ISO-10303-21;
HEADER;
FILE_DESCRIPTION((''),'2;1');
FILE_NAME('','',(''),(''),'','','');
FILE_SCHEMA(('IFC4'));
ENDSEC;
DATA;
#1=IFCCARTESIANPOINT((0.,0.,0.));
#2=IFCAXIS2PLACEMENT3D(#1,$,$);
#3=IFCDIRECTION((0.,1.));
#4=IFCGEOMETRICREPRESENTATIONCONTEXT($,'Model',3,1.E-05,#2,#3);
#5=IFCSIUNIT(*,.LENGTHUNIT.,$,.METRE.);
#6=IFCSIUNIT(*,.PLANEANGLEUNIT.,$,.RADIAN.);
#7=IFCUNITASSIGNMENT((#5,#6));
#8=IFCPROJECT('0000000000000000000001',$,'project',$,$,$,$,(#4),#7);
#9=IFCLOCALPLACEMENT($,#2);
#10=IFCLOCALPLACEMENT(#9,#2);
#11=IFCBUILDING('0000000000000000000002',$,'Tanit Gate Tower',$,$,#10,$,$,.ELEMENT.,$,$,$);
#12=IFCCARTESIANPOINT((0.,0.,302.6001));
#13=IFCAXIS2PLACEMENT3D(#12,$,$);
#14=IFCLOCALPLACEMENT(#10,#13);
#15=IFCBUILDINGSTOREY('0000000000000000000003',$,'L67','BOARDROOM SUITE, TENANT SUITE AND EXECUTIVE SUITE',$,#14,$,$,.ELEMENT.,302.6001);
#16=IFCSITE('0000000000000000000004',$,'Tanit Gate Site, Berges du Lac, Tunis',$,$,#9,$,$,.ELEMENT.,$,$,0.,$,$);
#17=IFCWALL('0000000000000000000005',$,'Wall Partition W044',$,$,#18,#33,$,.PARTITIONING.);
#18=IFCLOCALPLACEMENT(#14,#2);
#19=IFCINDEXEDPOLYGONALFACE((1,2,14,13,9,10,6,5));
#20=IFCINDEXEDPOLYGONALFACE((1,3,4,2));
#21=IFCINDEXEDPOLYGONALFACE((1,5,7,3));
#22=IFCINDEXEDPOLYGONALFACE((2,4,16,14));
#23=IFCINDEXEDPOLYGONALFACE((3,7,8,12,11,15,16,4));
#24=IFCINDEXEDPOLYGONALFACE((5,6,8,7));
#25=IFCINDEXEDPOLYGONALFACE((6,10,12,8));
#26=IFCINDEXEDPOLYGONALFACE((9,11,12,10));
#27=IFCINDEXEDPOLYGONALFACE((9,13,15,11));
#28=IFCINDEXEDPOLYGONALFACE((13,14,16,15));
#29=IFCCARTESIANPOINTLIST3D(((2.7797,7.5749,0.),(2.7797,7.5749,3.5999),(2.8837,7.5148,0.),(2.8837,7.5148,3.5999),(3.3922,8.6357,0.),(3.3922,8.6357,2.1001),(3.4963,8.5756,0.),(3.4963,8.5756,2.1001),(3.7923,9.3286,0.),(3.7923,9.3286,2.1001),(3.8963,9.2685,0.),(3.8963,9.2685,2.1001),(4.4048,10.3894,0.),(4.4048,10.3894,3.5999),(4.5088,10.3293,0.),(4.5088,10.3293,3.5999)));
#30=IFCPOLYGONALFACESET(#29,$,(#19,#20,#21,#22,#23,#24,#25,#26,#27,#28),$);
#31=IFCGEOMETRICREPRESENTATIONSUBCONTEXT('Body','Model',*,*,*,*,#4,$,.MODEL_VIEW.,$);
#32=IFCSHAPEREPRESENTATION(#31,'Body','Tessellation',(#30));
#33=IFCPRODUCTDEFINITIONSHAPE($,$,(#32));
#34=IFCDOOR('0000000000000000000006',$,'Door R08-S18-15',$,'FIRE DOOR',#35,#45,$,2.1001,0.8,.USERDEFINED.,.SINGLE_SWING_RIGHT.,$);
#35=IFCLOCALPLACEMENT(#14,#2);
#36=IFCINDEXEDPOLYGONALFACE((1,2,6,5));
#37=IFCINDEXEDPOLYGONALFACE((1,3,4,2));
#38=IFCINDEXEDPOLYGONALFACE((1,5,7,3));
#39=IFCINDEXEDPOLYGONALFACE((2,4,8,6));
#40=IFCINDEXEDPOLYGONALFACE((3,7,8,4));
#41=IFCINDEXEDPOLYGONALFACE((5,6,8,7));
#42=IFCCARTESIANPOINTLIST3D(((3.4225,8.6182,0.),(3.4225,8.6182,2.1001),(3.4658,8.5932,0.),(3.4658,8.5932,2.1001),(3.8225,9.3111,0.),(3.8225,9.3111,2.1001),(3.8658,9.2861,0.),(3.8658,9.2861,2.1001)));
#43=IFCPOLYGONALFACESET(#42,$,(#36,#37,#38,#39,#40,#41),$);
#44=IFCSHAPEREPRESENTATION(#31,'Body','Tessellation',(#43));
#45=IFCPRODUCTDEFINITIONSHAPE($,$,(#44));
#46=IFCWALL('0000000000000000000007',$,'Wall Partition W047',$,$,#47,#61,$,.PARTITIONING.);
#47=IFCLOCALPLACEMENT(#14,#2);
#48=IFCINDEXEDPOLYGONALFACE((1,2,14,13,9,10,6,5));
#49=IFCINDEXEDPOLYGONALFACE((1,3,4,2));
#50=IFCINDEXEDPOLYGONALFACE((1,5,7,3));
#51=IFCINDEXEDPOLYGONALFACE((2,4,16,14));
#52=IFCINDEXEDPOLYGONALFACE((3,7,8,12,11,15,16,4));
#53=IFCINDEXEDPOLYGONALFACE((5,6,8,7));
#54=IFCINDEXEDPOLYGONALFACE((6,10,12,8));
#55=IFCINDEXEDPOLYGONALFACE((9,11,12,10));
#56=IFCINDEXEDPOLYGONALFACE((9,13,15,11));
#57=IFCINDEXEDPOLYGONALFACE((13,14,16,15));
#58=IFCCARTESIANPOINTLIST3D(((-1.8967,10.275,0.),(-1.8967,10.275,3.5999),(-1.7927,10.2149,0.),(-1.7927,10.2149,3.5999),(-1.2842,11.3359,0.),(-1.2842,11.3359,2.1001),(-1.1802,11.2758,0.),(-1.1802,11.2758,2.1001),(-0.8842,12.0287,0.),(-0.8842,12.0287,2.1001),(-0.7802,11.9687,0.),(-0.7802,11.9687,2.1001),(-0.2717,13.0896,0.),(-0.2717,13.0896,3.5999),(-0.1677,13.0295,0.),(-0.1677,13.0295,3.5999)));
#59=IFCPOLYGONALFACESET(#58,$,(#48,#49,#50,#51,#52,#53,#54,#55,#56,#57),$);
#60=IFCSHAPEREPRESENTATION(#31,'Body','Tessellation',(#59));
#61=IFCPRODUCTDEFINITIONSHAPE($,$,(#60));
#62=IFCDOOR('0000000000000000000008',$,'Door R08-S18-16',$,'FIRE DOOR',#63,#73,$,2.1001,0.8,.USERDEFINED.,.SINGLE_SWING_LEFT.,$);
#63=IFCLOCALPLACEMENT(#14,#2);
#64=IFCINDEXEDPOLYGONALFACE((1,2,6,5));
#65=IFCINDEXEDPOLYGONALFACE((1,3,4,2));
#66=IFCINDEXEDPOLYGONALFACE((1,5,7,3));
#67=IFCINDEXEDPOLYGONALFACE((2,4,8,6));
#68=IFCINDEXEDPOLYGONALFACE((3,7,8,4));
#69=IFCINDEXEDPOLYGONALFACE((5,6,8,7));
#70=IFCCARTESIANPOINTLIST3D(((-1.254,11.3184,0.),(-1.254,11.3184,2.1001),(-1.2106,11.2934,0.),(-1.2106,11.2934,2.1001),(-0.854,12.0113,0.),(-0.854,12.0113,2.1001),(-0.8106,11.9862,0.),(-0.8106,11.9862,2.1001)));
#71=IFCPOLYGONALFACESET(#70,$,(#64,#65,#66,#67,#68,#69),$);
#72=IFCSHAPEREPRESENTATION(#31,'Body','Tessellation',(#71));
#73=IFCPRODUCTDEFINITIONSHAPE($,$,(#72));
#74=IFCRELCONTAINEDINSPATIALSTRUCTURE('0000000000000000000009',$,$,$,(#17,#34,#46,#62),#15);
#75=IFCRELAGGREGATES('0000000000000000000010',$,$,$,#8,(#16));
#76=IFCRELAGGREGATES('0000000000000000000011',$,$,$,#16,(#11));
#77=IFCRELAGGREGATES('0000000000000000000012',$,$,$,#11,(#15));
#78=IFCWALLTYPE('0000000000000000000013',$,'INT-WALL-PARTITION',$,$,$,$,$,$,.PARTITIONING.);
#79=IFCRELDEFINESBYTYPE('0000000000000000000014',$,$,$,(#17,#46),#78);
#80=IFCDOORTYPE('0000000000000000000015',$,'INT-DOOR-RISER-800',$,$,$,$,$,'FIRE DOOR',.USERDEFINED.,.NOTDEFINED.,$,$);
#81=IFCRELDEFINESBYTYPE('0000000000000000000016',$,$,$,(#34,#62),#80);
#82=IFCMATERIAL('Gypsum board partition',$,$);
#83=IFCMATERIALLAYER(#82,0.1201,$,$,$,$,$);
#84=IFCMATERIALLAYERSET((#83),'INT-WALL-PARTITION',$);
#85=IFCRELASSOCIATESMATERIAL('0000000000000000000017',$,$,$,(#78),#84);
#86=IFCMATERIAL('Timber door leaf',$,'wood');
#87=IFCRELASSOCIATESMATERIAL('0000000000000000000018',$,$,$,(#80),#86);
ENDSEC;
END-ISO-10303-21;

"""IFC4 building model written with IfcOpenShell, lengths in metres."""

from ifc_helpers import new_model, si_unit, direction, frame, frame_2d, origin, place, context, subcontext, project, spatial, rectangle, extrude, material, layer, layer_set, type_object, element, fill, save


model = new_model("IFC4")

# Units and contexts
model_context = context("Model", 3, precision=1e-05, world=origin(), true_north=direction((0.0, 1.0)))
body_context = subcontext(model_context, "Body", "Model", "MODEL_VIEW")
ifc_project = project(units=[si_unit("LENGTHUNIT", "METRE"), si_unit("PLANEANGLEUNIT", "RADIAN")], contexts=[model_context])

# Site, building, storey
site_placement = place(None, origin())
site = spatial("IfcSite", under=ifc_project, at=site_placement, Name="Tanit Gate Site, Berges du Lac, Tunis", CompositionType="ELEMENT", RefElevation=0.0)
building_placement = place(site_placement, origin())
building = spatial("IfcBuilding", under=site, at=building_placement, Name="Tanit Gate Tower", CompositionType="ELEMENT")
storey_placement = place(building_placement, frame((0.0, 0.0, 302.6001)))
storey = spatial("IfcBuildingStorey", under=building, at=storey_placement, Name="L67", Description="BOARDROOM SUITE, TENANT SUITE AND EXECUTIVE SUITE", CompositionType="ELEMENT", Elevation=302.6001)

# Walls, openings, doors
ifc_material_1 = material(Name="Gypsum board partition")
ifc_layer_1 = layer(ifc_material_1, 0.1201)
ifc_layer_set_1 = layer_set([ifc_layer_1], Name="INT-WALL-PARTITION")
wall_type_1 = type_object("IfcWallType", Name="INT-WALL-PARTITION", PredefinedType="PARTITIONING", material=ifc_layer_set_1)
wall_1_placement = place(storey_placement, frame((4.4568, 10.3594, 0.0), z_axis=(0.0, 0.0, 1.0), x_axis=(-0.500017, -0.866015, 0.0)))
wall_1 = element("IfcWall", 1, at=wall_1_placement, inside=storey, type_object=wall_type_1, Name="Wall Partition W044", PredefinedType="PARTITIONING", context=body_context, shape_type="SweptSolid", body=[
    extrude(rectangle(XDim=3.25, YDim=0.1201, at=frame_2d((1.625, 0.0))), origin(), (0.0, 0.0, 1.0), 3.5999),
])
opening_1_placement = place(wall_1_placement, frame((1.2251, 0.0, 0.0)))
opening_1 = element("IfcOpeningElement", 2, at=opening_1_placement, cuts=wall_1, PredefinedType="OPENING", context=body_context, shape_type="SweptSolid", body=[
    extrude(rectangle(XDim=0.8, YDim=2.1001, at=frame_2d((0.3999, 1.05))), frame((0.0, 0.0701, 0.0), z_axis=(0.0, -1.0, 0.0), x_axis=(1.0, 0.0, 0.0)), (0.0, 0.0, 1.0), 0.1401),
])
ifc_material_2 = material(Name="Timber door leaf", Category="wood")
door_type = type_object("IfcDoorType", Name="INT-DOOR-RISER-800", ElementType="FIRE DOOR", OperationType="NOTDEFINED", PredefinedType="USERDEFINED", material=ifc_material_2)
door_1_placement = place(opening_1_placement, origin())
door_1 = element("IfcDoor", 3, at=door_1_placement, inside=storey, type_object=door_type, Name="Door R08-S18-15", ObjectType="FIRE DOOR", OperationType="SINGLE_SWING_RIGHT", OverallHeight=2.1001, OverallWidth=0.8, PredefinedType="USERDEFINED", context=body_context, shape_type="SweptSolid", body=[
    extrude(rectangle(XDim=0.8, YDim=2.1001, at=frame_2d((0.3999, 1.05))), frame((0.0, 0.0249, 0.0), z_axis=(0.0, -1.0, 0.0), x_axis=(1.0, 0.0, 0.0)), (0.0, 0.0, 1.0), 0.05),
])
fill(opening_1, door_1)
wall_2_placement = place(storey_placement, frame((-0.2197, 13.0596, 0.0), z_axis=(0.0, 0.0, 1.0), x_axis=(-0.499985, -0.866034, 0.0)))
wall_2 = element("IfcWall", 4, at=wall_2_placement, inside=storey, type_object=wall_type_1, Name="Wall Partition W047", PredefinedType="PARTITIONING", context=body_context, shape_type="SweptSolid", body=[
    extrude(rectangle(XDim=3.25, YDim=0.1201, at=frame_2d((1.625, 0.0))), origin(), (0.0, 0.0, 1.0), 3.5999),
])
opening_2_placement = place(wall_2_placement, frame((1.2251, 0.0, 0.0)))
opening_2 = element("IfcOpeningElement", 5, at=opening_2_placement, cuts=wall_2, PredefinedType="OPENING", context=body_context, shape_type="SweptSolid", body=[
    extrude(rectangle(XDim=0.8, YDim=2.1001, at=frame_2d((0.3999, 1.05))), frame((0.0, 0.0701, 0.0), z_axis=(0.0, -1.0, 0.0), x_axis=(1.0, 0.0, 0.0)), (0.0, 0.0, 1.0), 0.1401),
])
door_2_placement = place(opening_2_placement, origin())
door_2 = element("IfcDoor", 6, at=door_2_placement, inside=storey, type_object=door_type, Name="Door R08-S18-16", ObjectType="FIRE DOOR", OperationType="SINGLE_SWING_LEFT", OverallHeight=2.1001, OverallWidth=0.8, PredefinedType="USERDEFINED", context=body_context, shape_type="SweptSolid", body=[
    extrude(rectangle(XDim=0.8, YDim=2.1001, at=frame_2d((0.3999, 1.05))), frame((0.0, 0.0249, 0.0), z_axis=(0.0, -1.0, 0.0), x_axis=(1.0, 0.0, 0.0)), (0.0, 0.0, 1.0), 0.05),
])
fill(opening_2, door_2)

save(model, "model.ifc")
